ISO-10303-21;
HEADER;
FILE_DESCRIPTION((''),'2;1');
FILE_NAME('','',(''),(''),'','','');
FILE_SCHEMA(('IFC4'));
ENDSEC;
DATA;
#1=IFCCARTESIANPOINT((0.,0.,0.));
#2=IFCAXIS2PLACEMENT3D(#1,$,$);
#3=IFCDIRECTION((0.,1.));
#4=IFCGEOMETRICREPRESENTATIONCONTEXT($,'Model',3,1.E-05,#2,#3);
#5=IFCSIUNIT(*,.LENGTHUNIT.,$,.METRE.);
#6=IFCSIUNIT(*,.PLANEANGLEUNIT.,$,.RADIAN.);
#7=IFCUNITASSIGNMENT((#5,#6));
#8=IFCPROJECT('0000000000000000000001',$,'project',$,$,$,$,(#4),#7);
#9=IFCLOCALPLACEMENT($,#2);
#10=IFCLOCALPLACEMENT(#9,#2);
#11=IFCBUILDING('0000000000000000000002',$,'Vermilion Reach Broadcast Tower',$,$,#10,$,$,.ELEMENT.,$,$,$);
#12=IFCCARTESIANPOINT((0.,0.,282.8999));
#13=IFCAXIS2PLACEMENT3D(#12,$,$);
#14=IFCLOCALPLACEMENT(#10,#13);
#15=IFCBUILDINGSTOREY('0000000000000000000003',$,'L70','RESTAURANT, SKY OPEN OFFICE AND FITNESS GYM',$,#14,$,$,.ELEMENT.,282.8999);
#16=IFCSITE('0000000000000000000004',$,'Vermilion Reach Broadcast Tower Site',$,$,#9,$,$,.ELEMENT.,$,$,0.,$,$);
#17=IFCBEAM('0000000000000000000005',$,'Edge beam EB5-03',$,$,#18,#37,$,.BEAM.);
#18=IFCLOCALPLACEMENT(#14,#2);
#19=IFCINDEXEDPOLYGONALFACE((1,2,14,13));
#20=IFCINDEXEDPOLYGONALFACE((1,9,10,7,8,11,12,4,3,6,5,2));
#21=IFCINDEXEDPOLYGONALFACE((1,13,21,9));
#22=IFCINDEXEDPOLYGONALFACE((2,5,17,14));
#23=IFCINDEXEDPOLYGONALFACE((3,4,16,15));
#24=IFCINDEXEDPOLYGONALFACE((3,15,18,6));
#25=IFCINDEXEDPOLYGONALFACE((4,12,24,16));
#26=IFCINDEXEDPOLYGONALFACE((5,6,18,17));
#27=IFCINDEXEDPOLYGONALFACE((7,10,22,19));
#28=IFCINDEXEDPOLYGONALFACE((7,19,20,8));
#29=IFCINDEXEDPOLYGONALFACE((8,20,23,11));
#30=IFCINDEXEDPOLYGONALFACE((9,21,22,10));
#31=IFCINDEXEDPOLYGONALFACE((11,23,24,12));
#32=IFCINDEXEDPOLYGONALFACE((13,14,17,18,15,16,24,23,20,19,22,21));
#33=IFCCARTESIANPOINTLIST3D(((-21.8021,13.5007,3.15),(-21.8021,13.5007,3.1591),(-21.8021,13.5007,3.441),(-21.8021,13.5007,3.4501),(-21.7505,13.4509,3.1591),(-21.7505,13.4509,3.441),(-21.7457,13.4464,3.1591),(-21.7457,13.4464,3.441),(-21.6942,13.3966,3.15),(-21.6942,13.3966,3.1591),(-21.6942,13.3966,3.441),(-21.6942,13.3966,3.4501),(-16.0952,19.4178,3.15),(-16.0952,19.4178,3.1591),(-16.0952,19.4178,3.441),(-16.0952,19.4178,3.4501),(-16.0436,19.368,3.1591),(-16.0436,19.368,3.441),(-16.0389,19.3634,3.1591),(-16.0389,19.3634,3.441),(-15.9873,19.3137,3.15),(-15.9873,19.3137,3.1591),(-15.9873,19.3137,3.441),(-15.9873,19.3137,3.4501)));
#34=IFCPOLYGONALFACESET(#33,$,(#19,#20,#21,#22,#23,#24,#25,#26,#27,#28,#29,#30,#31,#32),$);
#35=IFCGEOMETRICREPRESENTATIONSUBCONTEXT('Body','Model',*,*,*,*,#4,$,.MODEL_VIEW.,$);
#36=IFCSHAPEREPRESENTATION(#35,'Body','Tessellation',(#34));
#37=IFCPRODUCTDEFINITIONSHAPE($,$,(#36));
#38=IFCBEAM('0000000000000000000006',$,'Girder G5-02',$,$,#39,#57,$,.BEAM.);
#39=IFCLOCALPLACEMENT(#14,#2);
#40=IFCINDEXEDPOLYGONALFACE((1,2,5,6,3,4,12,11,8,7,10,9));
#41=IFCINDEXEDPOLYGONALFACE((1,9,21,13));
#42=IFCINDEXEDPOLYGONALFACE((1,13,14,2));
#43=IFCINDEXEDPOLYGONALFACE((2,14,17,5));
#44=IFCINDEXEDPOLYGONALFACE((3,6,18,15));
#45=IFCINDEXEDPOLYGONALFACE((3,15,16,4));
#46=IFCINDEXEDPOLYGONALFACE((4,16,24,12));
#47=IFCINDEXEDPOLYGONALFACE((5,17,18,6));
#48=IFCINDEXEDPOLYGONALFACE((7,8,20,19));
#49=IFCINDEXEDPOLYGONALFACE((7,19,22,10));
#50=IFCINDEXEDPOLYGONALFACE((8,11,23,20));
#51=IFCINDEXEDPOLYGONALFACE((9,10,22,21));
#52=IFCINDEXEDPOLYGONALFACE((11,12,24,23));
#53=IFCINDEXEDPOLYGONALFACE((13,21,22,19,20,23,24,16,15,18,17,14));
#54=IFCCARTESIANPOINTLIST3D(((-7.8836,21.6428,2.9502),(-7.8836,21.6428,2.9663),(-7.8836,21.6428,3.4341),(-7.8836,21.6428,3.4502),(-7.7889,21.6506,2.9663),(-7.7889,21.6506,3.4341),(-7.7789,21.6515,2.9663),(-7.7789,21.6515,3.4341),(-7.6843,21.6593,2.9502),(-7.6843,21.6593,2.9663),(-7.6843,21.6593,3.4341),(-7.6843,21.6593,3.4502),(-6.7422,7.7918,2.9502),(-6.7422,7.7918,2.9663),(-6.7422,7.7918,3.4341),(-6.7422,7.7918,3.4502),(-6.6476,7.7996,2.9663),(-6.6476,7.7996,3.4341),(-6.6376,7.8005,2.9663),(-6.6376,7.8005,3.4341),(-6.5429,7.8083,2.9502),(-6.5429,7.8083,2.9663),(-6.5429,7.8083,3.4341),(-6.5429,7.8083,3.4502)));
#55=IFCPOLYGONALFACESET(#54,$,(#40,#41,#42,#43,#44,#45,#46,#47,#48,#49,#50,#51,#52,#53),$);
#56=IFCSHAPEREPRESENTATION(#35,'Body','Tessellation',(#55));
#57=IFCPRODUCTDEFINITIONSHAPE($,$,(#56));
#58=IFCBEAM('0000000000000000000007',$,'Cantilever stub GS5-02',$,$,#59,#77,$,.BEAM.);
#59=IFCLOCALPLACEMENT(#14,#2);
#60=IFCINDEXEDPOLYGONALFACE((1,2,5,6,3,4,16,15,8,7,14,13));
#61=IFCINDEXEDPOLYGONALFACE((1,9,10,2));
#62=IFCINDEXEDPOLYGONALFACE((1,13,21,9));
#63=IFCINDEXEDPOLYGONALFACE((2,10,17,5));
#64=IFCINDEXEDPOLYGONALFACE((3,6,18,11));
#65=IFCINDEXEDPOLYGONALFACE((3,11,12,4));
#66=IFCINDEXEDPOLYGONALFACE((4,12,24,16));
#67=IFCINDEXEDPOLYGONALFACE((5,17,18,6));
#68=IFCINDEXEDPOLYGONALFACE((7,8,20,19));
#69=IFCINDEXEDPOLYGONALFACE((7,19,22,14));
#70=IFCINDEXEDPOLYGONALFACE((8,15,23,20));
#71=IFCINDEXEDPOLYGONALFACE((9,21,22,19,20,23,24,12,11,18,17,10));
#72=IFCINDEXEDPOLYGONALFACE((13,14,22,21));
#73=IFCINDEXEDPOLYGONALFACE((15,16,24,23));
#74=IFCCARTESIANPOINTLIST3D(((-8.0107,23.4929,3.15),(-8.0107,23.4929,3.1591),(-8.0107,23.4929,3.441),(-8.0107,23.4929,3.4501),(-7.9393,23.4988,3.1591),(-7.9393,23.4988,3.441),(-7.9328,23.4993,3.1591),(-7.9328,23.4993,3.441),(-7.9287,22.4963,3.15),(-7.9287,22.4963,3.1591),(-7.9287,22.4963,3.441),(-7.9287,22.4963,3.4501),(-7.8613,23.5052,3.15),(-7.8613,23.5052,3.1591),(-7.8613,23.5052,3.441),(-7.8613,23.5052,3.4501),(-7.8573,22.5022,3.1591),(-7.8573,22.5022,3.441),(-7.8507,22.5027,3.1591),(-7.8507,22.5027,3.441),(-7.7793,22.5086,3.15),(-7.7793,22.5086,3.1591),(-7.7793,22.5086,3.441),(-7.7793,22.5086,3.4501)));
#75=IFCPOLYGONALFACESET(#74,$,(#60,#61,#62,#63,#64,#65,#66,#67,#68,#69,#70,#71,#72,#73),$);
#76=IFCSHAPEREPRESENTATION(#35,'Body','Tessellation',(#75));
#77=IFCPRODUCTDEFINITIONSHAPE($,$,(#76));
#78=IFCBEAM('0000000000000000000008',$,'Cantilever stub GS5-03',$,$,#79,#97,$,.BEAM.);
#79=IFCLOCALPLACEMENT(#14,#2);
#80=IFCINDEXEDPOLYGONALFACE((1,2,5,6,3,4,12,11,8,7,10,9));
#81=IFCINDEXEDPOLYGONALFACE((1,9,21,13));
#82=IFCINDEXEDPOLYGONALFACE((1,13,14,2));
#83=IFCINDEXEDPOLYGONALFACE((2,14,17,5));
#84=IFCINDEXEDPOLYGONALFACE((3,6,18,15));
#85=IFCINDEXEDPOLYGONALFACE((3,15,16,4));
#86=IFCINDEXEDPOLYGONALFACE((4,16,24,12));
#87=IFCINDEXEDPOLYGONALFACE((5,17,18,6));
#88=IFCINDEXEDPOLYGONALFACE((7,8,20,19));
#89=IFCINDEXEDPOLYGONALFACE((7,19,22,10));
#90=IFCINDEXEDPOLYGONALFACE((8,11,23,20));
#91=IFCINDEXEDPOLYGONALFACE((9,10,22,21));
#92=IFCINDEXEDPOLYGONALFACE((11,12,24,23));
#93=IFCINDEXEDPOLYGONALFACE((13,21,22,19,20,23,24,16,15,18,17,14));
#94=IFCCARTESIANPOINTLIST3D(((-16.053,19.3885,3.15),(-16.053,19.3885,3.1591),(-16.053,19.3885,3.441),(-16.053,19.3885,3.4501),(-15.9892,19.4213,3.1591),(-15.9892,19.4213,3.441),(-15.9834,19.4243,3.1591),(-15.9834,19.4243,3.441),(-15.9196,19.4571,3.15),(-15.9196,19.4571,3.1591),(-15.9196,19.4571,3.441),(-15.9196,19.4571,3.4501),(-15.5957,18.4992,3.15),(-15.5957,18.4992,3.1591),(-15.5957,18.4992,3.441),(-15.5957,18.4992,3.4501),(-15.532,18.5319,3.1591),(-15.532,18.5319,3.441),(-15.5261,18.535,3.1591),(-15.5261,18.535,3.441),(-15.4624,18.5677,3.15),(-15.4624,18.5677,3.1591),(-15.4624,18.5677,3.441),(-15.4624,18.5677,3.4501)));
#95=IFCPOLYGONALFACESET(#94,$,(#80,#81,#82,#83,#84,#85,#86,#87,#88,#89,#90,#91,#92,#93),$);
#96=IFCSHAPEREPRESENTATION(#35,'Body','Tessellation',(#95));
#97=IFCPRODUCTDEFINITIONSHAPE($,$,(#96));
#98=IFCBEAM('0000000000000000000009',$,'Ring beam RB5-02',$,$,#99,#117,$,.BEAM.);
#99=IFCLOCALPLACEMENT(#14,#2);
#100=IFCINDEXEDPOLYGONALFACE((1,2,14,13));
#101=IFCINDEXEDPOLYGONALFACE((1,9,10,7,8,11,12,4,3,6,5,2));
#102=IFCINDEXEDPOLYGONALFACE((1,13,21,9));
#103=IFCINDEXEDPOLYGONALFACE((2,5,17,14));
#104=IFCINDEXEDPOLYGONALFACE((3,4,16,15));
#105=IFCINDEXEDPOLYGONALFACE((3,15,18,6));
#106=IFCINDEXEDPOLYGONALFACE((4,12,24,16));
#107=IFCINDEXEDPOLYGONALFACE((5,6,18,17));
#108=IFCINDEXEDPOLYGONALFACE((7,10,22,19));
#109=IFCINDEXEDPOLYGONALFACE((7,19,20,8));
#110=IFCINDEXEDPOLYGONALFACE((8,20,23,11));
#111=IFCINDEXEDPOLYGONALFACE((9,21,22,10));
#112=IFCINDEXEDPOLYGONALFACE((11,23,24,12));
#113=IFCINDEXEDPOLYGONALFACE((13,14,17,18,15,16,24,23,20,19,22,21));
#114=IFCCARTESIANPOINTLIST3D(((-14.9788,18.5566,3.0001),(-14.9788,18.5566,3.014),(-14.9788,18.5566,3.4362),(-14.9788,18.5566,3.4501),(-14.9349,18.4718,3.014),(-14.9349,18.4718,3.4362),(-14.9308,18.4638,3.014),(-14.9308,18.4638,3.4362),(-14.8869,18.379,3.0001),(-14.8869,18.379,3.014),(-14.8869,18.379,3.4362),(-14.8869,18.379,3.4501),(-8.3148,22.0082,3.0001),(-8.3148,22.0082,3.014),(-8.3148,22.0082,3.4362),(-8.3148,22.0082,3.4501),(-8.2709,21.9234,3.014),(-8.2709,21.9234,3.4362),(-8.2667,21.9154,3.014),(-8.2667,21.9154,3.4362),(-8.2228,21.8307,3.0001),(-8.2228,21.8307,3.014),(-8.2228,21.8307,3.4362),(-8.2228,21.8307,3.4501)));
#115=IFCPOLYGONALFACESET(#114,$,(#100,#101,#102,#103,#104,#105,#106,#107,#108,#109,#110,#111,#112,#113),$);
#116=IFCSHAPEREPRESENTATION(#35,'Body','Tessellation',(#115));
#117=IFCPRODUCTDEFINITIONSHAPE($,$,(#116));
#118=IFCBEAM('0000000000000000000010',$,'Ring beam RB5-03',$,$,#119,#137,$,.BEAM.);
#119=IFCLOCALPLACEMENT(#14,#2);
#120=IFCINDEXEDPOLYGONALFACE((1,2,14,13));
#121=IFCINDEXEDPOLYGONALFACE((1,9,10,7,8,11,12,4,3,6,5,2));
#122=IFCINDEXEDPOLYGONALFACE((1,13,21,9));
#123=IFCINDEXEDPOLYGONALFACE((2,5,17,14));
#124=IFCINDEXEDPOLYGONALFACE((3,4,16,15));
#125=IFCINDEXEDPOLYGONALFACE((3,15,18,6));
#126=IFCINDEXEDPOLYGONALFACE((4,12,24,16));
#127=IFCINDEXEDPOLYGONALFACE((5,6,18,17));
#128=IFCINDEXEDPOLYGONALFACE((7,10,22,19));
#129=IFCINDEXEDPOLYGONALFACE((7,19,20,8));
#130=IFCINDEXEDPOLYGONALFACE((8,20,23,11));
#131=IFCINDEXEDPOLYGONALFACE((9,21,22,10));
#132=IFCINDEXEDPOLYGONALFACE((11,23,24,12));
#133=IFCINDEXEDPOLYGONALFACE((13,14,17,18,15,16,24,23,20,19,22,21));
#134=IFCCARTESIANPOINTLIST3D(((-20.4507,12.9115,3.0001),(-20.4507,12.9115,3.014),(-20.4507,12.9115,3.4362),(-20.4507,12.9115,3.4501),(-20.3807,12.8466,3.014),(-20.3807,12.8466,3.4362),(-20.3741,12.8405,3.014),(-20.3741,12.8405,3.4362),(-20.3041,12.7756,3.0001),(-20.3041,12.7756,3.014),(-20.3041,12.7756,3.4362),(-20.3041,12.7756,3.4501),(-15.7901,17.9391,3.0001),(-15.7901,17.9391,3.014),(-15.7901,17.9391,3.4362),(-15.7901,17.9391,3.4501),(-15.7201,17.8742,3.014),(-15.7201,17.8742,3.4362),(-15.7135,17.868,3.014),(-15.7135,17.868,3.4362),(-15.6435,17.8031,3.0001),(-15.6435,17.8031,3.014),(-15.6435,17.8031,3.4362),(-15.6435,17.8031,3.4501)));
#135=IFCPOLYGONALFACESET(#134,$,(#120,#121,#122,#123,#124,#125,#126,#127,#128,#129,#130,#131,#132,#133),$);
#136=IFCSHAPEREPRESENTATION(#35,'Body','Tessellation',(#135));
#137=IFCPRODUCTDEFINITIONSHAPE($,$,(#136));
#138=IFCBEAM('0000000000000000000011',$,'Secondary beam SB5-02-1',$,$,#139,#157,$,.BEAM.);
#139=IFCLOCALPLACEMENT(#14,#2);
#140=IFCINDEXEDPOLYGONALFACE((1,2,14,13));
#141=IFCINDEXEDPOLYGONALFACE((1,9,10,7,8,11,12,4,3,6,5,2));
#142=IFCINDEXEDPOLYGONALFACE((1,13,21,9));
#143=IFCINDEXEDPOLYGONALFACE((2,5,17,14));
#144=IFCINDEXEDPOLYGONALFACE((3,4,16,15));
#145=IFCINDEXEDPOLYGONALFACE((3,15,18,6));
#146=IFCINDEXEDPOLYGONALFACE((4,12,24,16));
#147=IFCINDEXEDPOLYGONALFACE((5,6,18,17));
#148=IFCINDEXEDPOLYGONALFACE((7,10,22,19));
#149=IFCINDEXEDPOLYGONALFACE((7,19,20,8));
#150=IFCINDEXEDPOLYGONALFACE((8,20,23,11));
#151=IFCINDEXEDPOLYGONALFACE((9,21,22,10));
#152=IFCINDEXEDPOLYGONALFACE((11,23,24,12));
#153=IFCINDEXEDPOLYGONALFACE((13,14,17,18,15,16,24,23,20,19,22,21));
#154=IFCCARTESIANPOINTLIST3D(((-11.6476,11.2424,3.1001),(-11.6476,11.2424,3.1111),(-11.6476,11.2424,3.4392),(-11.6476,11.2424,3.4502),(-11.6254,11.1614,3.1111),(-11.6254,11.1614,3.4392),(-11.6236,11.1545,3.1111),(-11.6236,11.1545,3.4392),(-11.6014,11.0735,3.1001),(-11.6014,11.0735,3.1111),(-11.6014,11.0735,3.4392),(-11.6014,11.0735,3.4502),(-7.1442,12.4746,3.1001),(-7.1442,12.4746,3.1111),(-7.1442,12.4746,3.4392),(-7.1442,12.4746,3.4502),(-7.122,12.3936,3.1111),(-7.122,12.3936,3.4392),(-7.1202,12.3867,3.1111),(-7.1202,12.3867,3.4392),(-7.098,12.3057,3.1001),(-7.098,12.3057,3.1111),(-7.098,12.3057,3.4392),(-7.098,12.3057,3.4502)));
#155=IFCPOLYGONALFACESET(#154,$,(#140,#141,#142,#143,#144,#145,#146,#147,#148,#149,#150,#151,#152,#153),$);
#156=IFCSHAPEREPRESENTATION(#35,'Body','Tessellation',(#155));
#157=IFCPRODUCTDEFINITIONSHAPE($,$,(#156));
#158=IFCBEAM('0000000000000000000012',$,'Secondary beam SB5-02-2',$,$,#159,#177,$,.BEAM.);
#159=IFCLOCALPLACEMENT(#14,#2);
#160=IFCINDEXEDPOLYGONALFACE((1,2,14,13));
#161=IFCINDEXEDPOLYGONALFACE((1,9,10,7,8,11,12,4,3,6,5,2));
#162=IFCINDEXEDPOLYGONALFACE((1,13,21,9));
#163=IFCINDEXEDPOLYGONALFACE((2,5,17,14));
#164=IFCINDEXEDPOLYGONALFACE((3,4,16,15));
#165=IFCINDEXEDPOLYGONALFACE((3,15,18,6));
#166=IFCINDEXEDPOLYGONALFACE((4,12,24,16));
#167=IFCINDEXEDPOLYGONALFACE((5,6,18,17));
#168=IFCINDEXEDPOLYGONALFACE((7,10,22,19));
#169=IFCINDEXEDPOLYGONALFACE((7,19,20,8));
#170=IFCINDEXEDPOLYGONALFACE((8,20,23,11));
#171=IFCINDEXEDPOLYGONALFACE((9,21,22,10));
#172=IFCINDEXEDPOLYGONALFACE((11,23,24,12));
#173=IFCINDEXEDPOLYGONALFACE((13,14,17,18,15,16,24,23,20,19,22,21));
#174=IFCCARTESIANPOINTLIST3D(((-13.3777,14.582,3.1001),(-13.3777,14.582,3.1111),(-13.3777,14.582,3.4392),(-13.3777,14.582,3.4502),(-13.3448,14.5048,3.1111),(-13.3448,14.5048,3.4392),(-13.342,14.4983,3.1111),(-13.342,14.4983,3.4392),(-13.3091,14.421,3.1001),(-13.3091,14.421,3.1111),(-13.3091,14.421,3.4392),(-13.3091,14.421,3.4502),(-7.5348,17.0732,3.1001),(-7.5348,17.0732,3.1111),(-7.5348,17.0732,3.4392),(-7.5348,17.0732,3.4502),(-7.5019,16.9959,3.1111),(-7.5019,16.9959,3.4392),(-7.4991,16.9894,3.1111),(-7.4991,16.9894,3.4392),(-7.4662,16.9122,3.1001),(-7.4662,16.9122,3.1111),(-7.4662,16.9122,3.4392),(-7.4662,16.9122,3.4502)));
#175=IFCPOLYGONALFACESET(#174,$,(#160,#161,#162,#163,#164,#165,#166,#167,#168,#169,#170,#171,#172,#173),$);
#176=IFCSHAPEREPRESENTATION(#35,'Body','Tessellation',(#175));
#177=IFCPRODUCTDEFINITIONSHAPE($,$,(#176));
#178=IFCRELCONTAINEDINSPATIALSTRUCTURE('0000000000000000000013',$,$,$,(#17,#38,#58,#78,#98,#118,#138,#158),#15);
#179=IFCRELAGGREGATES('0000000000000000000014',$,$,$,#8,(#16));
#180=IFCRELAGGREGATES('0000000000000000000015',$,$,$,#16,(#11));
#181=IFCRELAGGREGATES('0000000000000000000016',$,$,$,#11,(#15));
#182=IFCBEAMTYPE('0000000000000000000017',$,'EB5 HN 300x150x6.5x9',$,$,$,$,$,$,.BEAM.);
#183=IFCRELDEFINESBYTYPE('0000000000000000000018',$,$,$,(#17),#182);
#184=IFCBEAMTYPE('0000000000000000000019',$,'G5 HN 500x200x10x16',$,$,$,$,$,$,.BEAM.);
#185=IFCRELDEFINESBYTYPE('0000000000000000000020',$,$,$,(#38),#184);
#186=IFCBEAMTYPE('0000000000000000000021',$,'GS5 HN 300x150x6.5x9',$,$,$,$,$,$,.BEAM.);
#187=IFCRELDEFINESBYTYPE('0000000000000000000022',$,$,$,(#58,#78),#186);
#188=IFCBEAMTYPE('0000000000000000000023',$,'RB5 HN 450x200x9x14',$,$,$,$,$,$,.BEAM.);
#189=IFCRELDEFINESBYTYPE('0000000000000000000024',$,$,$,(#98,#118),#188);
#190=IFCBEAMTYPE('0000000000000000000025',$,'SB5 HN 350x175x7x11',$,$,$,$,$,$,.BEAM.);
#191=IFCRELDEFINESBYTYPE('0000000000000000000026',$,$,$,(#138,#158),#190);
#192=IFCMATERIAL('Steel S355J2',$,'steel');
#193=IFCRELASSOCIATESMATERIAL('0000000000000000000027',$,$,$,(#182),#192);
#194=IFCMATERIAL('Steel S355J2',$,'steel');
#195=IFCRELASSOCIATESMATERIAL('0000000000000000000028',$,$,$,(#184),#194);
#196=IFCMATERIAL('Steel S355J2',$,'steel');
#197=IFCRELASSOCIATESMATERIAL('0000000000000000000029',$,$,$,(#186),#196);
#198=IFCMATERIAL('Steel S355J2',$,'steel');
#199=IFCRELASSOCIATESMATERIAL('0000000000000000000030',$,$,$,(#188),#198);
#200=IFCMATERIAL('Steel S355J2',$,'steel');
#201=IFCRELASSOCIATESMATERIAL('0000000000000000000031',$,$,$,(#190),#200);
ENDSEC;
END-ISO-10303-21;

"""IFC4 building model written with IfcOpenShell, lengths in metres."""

from ifc_helpers import new_model, si_unit, direction, frame, origin, origin_2d, place, context, subcontext, project, spatial, i_section, extrude, material, material_profile, profile_set, type_object, element, save


model = new_model("IFC4")

# Units and contexts
model_context = context("Model", 3, precision=1e-05, world=origin(), true_north=direction((0.0, 1.0)))
body_context = subcontext(model_context, "Body", "Model", "MODEL_VIEW")
ifc_project = project(units=[si_unit("LENGTHUNIT", "METRE"), si_unit("PLANEANGLEUNIT", "RADIAN")], contexts=[model_context])

# Site, building, storey
site_placement = place(None, origin())
site = spatial("IfcSite", under=ifc_project, at=site_placement, Name="Vermilion Reach Broadcast Tower Site", CompositionType="ELEMENT", RefElevation=0.0)
building_placement = place(site_placement, origin())
building = spatial("IfcBuilding", under=site, at=building_placement, Name="Vermilion Reach Broadcast Tower", CompositionType="ELEMENT")
storey_placement = place(building_placement, frame((0.0, 0.0, 282.8999)))
storey = spatial("IfcBuildingStorey", under=building, at=storey_placement, Name="L70", Description="RESTAURANT, SKY OPEN OFFICE AND FITNESS GYM", CompositionType="ELEMENT", Elevation=282.8999)

# Beams
ifc_material_1 = material(Name="Steel S355J2", Category="steel")
ifc_material_profile_1 = material_profile(ifc_material_1, i_section(OverallWidth=0.1499, OverallDepth=0.3, WebThickness=0.0066, FlangeThickness=0.009, at=origin_2d()), Name="S355J2 HN 300x150x6.5x9")
ifc_profile_set_1 = profile_set([ifc_material_profile_1], Name="Steel S355J2")
beam_type_1 = type_object("IfcBeamType", Name="EB5 HN 300x150x6.5x9", PredefinedType="BEAM", material=ifc_profile_set_1)
beam_1_placement = place(storey_placement, frame((-16.0413, 19.3657, 3.3), z_axis=(-0.694206, -0.719776, 0.0), x_axis=(0.719776, -0.694206, 0.0)))
element("IfcBeam", 1, at=beam_1_placement, inside=storey, type_object=beam_type_1, Name="Edge beam EB5-03", PredefinedType="BEAM", context=body_context, shape_type="SweptSolid", body=[
    extrude(i_section(OverallWidth=0.1499, OverallDepth=0.3, WebThickness=0.0066, FlangeThickness=0.009, at=origin_2d()), origin(), (0.0, 0.0, 1.0), 8.2207),
])
ifc_material_2 = material(Name="Steel S355J2", Category="steel")
ifc_material_profile_2 = material_profile(ifc_material_2, i_section(OverallWidth=0.2, OverallDepth=0.5, WebThickness=0.01, FlangeThickness=0.0161, at=origin_2d()), Name="S355J2 HN 500x200x10x16")
ifc_profile_set_2 = profile_set([ifc_material_profile_2], Name="Steel S355J2")
beam_type_2 = type_object("IfcBeamType", Name="G5 HN 500x200x10x16", PredefinedType="BEAM", material=ifc_profile_set_2)
beam_2_placement = place(storey_placement, frame((-6.6426, 7.8, 3.2002), z_axis=(-0.082124, 0.996622, 0.0), x_axis=(-0.996622, -0.082124, 0.0)))
element("IfcBeam", 2, at=beam_2_placement, inside=storey, type_object=beam_type_2, Name="Girder G5-02", PredefinedType="BEAM", context=body_context, shape_type="SweptSolid", body=[
    extrude(i_section(OverallWidth=0.2, OverallDepth=0.5, WebThickness=0.01, FlangeThickness=0.0161, at=origin_2d()), origin(), (0.0, 0.0, 1.0), 13.8979),
])
ifc_material_3 = material(Name="Steel S355J2", Category="steel")
ifc_material_profile_3 = material_profile(ifc_material_3, i_section(OverallWidth=0.1499, OverallDepth=0.3, WebThickness=0.0066, FlangeThickness=0.009, at=origin_2d()), Name="S355J2 HN 300x150x6.5x9")
ifc_profile_set_3 = profile_set([ifc_material_profile_3], Name="Steel S355J2")
beam_type_3 = type_object("IfcBeamType", Name="GS5 HN 300x150x6.5x9", PredefinedType="BEAM", material=ifc_profile_set_3)
for number, where, z_axis, x_axis, name in (
    (3, (-7.854, 22.5024, 3.3), (-0.082035, 0.996629, 0.0), (-0.996629, -0.082035, 0.0), "Cantilever stub GS5-02"),
    (4, (-15.5291, 18.5334, 3.3), (-0.457243, 0.889342, 0.0), (-0.889342, -0.457243, 0.0), "Cantilever stub GS5-03"),
):
    element("IfcBeam", number, at=place(storey_placement, frame(where, z_axis=z_axis, x_axis=x_axis)), inside=storey, type_object=beam_type_3, Name=name, PredefinedType="BEAM", context=body_context, shape_type="SweptSolid", body=[
        extrude(i_section(OverallWidth=0.1499, OverallDepth=0.3, WebThickness=0.0066, FlangeThickness=0.009, at=origin_2d()), origin(), (0.0, 0.0, 1.0), 1.0),
    ])
ifc_material_4 = material(Name="Steel S355J2", Category="steel")
ifc_material_profile_4 = material_profile(ifc_material_4, i_section(OverallWidth=0.2, OverallDepth=0.45, WebThickness=0.009, FlangeThickness=0.0139, at=origin_2d()), Name="S355J2 HN 450x200x9x14")
ifc_profile_set_4 = profile_set([ifc_material_profile_4], Name="Steel S355J2")
beam_type_4 = type_object("IfcBeamType", Name="RB5 HN 450x200x9x14", PredefinedType="BEAM", material=ifc_profile_set_4)
beam_3_placement = place(storey_placement, frame((-8.2688, 21.9194, 3.2251), z_axis=(-0.88796, -0.45992, 0.0), x_axis=(0.45992, -0.88796, 0.0)))
element("IfcBeam", 5, at=beam_3_placement, inside=storey, type_object=beam_type_4, Name="Ring beam RB5-02", PredefinedType="BEAM", context=body_context, shape_type="SweptSolid", body=[
    extrude(i_section(OverallWidth=0.2, OverallDepth=0.45, WebThickness=0.009, FlangeThickness=0.0139, at=origin_2d()), origin(), (0.0, 0.0, 1.0), 7.5049),
])
beam_4_placement = place(storey_placement, frame((-15.7168, 17.8711, 3.2251), z_axis=(-0.679838, -0.733363, 0.0), x_axis=(0.733363, -0.679838, 0.0)))
element("IfcBeam", 6, at=beam_4_placement, inside=storey, type_object=beam_type_4, Name="Ring beam RB5-03", PredefinedType="BEAM", context=body_context, shape_type="SweptSolid", body=[
    extrude(i_section(OverallWidth=0.2, OverallDepth=0.45, WebThickness=0.009, FlangeThickness=0.0139, at=origin_2d()), origin(), (0.0, 0.0, 1.0), 6.8555),
])
ifc_material_5 = material(Name="Steel S355J2", Category="steel")
ifc_material_profile_5 = material_profile(ifc_material_5, i_section(OverallWidth=0.175, OverallDepth=0.3501, WebThickness=0.0071, FlangeThickness=0.011, at=origin_2d()), Name="S355J2 HN 350x175x7x11")
ifc_profile_set_5 = profile_set([ifc_material_profile_5], Name="Steel S355J2")
beam_type_5 = type_object("IfcBeamType", Name="SB5 HN 350x175x7x11", PredefinedType="BEAM", material=ifc_profile_set_5)
beam_5_placement = place(storey_placement, frame((-7.1211, 12.3901, 3.2751), z_axis=(-0.964547, -0.263909, 0.0), x_axis=(0.263909, -0.964547, 0.0)))
element("IfcBeam", 7, at=beam_5_placement, inside=storey, type_object=beam_type_5, Name="Secondary beam SB5-02-1", PredefinedType="BEAM", context=body_context, shape_type="SweptSolid", body=[
    extrude(i_section(OverallWidth=0.175, OverallDepth=0.3501, WebThickness=0.0071, FlangeThickness=0.011, at=origin_2d()), origin(), (0.0, 0.0, 1.0), 4.6689),
])
beam_6_placement = place(storey_placement, frame((-7.5005, 16.9927, 3.2751), z_axis=(-0.919881, -0.392198, 0.0), x_axis=(0.392198, -0.919881, 0.0)))
element("IfcBeam", 8, at=beam_6_placement, inside=storey, type_object=beam_type_5, Name="Secondary beam SB5-02-2", PredefinedType="BEAM", context=body_context, shape_type="SweptSolid", body=[
    extrude(i_section(OverallWidth=0.175, OverallDepth=0.3501, WebThickness=0.0071, FlangeThickness=0.011, at=origin_2d()), origin(), (0.0, 0.0, 1.0), 6.3518),
])

save(model, "model.ifc")
